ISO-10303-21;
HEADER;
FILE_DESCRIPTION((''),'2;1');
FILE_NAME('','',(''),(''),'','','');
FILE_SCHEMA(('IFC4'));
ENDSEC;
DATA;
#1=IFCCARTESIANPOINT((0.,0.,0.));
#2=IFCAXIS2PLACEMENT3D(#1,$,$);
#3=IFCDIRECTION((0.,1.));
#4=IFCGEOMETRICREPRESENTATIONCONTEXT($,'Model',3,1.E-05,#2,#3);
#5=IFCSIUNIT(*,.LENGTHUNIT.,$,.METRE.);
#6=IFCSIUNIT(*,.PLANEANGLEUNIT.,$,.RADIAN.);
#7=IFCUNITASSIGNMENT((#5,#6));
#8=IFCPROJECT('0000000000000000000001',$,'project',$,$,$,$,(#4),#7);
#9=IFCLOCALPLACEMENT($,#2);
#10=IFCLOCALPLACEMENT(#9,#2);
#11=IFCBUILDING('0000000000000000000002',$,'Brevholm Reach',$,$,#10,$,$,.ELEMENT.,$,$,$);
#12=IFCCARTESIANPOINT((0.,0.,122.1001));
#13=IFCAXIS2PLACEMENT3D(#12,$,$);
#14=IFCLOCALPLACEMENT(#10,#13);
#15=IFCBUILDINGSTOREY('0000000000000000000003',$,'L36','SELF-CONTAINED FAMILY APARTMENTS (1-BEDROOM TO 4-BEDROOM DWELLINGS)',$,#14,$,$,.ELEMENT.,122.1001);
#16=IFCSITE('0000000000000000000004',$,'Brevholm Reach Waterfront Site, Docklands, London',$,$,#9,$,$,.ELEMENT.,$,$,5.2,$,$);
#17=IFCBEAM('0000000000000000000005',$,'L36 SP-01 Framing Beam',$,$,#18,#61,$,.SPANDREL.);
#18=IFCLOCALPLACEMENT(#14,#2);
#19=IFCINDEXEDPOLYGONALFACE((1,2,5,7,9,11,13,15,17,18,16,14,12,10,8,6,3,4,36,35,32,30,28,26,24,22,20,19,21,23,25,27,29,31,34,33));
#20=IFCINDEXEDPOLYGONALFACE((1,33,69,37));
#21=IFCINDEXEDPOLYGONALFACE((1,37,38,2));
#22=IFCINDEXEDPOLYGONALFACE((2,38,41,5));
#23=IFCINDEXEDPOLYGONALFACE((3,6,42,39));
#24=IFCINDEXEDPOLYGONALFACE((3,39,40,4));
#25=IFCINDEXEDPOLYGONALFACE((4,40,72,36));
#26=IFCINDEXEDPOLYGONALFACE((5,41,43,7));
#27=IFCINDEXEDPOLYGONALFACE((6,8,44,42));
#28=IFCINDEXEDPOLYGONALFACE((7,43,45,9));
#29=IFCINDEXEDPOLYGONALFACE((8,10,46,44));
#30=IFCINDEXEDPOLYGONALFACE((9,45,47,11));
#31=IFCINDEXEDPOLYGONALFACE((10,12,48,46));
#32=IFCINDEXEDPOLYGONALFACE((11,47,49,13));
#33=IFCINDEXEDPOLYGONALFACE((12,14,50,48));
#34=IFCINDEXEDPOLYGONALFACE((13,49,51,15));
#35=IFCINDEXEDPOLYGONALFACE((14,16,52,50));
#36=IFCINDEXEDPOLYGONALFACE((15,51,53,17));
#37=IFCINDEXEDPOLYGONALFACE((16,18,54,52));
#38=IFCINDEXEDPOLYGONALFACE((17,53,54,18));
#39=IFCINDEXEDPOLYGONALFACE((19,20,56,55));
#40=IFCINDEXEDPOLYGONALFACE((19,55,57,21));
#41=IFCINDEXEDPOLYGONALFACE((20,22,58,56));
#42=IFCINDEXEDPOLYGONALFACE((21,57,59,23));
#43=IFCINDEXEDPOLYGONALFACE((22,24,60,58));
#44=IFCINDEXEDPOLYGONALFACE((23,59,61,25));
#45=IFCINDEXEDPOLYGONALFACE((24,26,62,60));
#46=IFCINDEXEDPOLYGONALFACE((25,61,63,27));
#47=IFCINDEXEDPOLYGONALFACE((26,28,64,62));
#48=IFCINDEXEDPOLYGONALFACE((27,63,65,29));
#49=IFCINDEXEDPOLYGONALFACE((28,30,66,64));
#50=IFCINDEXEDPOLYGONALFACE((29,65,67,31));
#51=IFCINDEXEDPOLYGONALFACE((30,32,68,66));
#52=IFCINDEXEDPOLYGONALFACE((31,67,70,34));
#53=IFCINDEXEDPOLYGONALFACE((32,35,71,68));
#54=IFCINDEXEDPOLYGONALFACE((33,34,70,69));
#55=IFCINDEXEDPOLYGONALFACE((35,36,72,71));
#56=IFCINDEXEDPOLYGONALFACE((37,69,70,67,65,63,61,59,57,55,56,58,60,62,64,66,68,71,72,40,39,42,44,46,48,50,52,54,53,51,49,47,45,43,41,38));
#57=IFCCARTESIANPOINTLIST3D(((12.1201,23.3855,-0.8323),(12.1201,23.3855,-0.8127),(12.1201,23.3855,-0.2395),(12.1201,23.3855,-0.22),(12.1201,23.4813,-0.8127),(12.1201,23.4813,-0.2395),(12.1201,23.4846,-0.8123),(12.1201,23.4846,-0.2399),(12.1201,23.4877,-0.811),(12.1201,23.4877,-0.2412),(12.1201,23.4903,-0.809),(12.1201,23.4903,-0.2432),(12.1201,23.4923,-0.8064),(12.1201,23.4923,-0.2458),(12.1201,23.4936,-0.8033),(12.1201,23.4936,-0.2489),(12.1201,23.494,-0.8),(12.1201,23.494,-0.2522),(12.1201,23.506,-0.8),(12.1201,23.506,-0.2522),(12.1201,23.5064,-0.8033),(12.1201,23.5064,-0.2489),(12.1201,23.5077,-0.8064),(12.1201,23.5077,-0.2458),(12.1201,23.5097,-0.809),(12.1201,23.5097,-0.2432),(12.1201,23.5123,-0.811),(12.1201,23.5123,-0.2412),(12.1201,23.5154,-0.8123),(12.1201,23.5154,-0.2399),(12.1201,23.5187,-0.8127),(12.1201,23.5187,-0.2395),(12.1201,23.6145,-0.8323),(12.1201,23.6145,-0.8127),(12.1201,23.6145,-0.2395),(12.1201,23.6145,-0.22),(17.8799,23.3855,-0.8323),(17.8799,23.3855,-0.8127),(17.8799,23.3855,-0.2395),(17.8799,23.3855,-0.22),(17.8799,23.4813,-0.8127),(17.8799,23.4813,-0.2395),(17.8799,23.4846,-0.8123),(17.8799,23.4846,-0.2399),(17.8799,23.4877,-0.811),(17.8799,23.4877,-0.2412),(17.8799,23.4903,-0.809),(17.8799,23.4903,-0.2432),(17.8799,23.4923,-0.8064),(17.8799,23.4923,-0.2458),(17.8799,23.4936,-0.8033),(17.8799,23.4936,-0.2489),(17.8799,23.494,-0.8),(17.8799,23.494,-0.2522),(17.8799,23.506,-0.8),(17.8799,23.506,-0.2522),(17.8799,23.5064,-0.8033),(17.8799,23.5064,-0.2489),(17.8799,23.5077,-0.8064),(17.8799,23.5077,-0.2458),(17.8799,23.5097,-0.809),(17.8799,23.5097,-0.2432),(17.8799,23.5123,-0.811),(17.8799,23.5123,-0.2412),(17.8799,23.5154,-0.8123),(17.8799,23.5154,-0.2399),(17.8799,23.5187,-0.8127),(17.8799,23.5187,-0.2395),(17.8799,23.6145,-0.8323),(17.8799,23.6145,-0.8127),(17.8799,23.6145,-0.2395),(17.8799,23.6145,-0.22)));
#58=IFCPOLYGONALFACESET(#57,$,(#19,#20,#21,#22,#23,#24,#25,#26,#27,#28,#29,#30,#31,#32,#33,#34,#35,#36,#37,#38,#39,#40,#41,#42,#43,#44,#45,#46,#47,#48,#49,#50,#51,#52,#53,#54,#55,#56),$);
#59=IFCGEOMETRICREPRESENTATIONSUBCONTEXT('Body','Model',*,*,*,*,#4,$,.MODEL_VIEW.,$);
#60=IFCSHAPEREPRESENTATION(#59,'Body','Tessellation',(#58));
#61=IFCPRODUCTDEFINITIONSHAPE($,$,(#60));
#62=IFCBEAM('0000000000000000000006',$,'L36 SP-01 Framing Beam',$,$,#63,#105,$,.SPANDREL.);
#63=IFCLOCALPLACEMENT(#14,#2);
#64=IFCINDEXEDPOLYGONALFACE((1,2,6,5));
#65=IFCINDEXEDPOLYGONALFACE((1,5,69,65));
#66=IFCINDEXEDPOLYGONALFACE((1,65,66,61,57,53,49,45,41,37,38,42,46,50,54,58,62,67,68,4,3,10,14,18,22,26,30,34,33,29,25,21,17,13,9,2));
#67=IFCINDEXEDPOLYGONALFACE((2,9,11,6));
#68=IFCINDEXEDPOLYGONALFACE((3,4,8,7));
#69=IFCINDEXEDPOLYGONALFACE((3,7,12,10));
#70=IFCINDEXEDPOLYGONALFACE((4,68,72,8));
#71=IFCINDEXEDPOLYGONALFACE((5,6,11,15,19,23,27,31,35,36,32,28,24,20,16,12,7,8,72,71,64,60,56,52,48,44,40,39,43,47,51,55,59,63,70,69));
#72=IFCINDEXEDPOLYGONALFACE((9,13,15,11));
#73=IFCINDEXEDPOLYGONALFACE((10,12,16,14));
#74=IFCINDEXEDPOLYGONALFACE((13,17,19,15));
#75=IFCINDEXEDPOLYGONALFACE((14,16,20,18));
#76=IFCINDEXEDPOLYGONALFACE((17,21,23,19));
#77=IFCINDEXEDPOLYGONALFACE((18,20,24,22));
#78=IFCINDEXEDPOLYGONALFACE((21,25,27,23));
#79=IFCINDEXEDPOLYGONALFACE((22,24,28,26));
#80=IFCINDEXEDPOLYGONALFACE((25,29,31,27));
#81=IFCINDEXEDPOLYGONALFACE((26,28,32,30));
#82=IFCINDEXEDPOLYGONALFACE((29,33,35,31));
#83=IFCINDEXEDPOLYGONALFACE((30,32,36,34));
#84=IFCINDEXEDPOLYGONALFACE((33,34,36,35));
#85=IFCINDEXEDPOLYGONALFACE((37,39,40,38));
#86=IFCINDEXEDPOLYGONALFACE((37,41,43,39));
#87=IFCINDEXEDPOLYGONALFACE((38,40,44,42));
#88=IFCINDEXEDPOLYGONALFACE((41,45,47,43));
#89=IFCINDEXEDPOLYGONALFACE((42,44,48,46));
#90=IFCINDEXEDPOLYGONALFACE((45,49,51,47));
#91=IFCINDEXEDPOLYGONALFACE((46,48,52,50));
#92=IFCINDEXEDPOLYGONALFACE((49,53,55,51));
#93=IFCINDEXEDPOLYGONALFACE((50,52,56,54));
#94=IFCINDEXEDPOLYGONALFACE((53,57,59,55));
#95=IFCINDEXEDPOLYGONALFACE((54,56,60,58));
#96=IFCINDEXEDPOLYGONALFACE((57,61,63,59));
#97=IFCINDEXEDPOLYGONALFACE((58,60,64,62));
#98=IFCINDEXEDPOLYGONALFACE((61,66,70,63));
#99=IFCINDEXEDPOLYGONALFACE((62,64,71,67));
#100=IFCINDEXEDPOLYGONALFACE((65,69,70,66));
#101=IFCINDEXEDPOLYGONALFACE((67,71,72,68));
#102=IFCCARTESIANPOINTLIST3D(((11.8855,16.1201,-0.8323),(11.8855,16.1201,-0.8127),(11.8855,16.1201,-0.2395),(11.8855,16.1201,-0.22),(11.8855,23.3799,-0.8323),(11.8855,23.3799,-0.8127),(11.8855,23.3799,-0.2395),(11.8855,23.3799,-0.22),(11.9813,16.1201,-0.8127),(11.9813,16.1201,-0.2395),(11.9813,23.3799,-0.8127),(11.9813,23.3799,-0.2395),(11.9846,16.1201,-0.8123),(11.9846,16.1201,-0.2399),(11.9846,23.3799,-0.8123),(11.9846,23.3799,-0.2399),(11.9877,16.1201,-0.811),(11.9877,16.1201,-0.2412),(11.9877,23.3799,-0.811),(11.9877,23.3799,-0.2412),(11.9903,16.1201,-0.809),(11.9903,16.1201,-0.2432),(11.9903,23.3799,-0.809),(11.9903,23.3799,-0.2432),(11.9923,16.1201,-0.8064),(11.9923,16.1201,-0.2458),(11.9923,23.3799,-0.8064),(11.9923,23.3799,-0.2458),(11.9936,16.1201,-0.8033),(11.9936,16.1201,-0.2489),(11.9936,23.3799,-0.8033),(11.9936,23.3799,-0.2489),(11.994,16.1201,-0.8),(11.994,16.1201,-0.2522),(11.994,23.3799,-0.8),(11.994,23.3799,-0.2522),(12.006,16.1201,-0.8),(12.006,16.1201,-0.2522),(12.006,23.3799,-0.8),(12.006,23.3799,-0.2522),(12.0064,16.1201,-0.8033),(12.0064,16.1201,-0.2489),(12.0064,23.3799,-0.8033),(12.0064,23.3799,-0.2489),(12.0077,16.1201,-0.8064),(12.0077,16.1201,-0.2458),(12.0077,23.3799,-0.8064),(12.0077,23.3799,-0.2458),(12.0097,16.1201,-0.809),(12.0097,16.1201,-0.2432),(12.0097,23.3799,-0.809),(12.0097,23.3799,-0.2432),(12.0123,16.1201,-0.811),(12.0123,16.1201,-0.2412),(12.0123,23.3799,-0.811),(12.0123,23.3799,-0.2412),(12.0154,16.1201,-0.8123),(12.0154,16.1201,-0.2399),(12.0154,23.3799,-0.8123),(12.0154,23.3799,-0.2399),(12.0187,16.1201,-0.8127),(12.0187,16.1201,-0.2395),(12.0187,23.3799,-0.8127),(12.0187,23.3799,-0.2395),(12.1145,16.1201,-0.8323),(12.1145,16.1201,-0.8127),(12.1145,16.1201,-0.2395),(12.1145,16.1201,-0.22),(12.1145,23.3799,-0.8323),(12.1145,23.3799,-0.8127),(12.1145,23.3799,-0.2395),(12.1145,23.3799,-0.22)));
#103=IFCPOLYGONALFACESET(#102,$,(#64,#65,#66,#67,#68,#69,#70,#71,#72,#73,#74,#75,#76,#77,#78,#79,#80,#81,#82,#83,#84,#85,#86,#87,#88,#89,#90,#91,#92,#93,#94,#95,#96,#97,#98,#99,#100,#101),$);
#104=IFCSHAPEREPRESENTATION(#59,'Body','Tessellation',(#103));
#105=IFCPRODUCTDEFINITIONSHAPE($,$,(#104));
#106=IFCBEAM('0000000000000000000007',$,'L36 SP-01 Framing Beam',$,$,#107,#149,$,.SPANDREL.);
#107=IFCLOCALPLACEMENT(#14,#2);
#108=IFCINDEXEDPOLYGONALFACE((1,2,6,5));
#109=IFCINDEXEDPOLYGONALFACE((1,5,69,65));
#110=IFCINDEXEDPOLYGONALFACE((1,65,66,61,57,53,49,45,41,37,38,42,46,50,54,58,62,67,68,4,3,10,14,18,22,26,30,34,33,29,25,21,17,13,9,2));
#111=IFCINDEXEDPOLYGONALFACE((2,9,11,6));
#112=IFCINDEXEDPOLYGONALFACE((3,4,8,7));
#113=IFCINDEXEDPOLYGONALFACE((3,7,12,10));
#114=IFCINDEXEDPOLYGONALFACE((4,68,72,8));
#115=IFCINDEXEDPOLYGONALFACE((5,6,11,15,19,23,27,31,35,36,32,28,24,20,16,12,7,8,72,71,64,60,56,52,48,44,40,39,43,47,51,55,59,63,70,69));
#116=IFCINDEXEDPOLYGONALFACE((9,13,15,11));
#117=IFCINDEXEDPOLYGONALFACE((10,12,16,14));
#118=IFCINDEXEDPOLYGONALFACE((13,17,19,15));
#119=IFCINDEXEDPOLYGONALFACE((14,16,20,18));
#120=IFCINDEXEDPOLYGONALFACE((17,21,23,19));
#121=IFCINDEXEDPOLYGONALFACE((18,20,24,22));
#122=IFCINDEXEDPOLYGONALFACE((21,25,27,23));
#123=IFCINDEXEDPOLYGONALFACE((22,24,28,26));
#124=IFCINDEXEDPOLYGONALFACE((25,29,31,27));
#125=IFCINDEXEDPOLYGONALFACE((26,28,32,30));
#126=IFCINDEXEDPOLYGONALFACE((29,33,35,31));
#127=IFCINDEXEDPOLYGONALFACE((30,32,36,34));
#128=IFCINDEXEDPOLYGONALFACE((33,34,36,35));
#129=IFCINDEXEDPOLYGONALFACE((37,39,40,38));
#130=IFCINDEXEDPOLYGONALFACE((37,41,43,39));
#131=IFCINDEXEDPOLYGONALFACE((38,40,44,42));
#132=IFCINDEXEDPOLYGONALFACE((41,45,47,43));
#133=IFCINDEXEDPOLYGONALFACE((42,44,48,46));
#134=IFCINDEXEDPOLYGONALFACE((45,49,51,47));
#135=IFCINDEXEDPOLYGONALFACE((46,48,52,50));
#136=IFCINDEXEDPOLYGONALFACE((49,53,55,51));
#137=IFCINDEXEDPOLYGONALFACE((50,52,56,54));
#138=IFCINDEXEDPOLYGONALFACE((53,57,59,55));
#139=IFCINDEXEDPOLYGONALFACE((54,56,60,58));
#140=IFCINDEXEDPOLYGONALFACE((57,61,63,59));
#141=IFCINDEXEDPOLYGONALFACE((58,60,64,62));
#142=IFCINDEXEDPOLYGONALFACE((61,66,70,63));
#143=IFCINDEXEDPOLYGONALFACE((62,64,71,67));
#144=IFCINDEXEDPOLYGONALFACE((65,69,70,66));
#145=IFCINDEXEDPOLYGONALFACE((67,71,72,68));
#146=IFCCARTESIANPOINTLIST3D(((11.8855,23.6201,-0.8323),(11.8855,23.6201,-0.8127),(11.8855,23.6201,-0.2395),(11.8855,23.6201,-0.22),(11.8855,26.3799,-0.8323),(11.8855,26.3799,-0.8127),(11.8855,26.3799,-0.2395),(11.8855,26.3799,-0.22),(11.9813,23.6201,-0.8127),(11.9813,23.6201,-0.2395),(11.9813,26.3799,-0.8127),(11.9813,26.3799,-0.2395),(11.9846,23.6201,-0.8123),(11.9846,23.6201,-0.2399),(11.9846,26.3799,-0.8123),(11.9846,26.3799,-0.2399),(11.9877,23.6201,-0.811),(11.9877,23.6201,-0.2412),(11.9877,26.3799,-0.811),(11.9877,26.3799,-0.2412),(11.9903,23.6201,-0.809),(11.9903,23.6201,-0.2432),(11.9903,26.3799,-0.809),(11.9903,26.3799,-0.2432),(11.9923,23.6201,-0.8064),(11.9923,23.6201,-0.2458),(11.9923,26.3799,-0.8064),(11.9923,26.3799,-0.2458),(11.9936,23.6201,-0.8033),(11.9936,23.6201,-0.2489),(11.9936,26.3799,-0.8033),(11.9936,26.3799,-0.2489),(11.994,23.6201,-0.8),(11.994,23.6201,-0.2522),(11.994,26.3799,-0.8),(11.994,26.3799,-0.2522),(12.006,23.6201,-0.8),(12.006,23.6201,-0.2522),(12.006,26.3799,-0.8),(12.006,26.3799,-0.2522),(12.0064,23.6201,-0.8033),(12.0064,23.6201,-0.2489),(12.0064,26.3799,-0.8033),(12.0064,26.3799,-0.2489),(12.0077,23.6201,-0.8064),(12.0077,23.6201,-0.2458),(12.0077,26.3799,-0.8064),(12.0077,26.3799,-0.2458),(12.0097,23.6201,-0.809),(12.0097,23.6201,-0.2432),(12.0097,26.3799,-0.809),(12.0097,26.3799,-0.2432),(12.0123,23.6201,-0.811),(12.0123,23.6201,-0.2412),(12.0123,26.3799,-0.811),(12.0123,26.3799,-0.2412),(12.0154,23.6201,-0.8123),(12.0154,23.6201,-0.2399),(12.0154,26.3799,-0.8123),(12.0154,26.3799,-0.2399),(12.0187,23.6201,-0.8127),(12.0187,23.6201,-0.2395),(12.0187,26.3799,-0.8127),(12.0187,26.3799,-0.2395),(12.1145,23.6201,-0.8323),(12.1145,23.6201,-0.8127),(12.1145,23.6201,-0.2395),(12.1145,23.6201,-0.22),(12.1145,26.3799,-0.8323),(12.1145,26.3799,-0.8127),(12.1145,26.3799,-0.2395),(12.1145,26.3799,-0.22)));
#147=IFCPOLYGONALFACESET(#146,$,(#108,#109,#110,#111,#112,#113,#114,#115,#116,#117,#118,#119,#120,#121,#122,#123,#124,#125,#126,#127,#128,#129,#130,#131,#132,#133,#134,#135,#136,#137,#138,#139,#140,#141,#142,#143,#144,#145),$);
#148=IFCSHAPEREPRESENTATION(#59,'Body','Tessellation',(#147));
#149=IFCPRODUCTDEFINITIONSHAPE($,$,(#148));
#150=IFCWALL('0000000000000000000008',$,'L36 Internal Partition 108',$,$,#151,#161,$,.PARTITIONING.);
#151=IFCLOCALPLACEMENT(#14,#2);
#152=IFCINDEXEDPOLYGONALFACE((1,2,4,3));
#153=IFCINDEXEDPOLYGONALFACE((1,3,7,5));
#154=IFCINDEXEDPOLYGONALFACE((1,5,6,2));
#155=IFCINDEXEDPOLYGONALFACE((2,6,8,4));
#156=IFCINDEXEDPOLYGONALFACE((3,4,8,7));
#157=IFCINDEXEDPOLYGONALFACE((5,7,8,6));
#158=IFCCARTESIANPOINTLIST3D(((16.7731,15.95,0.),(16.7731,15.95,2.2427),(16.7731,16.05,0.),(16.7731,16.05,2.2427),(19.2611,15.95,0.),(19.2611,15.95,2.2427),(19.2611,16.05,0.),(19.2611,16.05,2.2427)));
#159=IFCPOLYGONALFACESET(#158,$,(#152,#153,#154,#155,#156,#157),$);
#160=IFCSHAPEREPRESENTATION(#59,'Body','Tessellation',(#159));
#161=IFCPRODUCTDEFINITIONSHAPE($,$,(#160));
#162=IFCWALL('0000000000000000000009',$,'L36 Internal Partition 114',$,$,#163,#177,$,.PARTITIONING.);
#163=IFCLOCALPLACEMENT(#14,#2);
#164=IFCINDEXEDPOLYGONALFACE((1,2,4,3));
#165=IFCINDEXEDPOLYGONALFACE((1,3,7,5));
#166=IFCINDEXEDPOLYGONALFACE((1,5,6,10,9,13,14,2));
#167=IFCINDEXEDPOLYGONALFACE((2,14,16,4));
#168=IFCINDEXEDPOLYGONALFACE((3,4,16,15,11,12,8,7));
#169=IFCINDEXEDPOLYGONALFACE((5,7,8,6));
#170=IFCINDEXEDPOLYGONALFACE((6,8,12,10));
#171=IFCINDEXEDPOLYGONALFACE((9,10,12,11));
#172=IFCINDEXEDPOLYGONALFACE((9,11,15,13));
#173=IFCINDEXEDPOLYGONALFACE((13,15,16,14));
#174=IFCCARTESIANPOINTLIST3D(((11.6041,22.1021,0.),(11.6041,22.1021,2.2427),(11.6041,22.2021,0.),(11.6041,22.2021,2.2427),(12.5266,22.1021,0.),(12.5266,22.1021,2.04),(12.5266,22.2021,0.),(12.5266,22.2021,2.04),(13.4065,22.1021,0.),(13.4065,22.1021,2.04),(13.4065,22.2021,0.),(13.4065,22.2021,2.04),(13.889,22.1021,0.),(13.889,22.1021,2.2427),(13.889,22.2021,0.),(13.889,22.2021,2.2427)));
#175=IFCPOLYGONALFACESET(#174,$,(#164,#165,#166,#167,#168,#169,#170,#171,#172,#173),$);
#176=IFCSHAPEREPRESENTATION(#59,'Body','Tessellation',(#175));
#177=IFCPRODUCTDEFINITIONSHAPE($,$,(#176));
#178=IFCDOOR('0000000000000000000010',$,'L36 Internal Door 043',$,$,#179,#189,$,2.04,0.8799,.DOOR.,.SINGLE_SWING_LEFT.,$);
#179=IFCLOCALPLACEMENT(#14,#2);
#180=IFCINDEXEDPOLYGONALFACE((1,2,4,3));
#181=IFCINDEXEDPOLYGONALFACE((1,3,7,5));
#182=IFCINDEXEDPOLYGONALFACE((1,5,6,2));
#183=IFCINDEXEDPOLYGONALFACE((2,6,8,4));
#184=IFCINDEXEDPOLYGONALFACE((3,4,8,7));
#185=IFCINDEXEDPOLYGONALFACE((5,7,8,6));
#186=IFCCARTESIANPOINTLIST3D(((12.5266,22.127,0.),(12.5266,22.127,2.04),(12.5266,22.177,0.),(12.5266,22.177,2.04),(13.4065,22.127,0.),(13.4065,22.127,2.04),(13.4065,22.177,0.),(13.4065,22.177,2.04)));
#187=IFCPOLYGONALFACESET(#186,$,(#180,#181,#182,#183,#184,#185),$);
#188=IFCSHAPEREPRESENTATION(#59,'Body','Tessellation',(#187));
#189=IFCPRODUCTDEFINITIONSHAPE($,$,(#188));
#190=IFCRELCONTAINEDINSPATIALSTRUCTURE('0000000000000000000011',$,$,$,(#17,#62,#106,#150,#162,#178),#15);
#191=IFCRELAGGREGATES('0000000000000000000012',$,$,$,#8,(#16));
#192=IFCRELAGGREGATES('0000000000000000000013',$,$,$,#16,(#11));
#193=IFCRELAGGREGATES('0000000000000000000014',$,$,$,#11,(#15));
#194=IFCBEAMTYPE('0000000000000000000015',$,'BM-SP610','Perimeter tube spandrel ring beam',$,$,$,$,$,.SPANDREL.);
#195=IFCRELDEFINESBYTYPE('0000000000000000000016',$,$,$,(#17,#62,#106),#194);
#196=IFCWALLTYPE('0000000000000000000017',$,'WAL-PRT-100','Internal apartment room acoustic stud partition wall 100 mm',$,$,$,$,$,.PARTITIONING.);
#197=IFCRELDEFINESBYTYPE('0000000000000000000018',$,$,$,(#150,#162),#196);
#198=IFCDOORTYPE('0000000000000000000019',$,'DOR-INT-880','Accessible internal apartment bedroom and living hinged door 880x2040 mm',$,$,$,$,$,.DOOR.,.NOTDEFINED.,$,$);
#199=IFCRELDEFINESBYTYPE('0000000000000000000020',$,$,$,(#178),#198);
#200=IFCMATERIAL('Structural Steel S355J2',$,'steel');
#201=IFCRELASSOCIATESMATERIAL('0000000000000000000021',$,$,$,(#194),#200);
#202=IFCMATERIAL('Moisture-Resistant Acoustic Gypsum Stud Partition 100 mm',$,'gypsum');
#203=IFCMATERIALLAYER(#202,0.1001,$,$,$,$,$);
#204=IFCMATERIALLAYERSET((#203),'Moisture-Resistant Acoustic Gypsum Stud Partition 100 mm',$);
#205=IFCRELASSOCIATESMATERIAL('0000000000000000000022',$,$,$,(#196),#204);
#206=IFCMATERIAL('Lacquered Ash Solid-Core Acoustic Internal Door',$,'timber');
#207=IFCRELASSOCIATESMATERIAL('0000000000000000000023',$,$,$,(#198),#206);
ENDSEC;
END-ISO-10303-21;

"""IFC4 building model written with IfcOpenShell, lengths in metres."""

from ifc_helpers import new_model, si_unit, direction, frame, frame_2d, origin, origin_2d, place, context, subcontext, project, spatial, rectangle, i_section, extrude, material, layer, layer_set, material_profile, profile_set, type_object, element, fill, save


model = new_model("IFC4")

# Units and contexts
model_context = context("Model", 3, precision=1e-05, world=origin(), true_north=direction((0.0, 1.0)))
body_context = subcontext(model_context, "Body", "Model", "MODEL_VIEW")
ifc_project = project(units=[si_unit("LENGTHUNIT", "METRE"), si_unit("PLANEANGLEUNIT", "RADIAN")], contexts=[model_context])

# Site, building, storey
site_placement = place(None, origin())
site = spatial("IfcSite", under=ifc_project, at=site_placement, Name="Brevholm Reach Waterfront Site, Docklands, London", CompositionType="ELEMENT", RefElevation=5.2)
building_placement = place(site_placement, origin())
building = spatial("IfcBuilding", under=site, at=building_placement, Name="Brevholm Reach", CompositionType="ELEMENT")
storey_placement = place(building_placement, frame((0.0, 0.0, 122.1001)))
storey = spatial("IfcBuildingStorey", under=building, at=storey_placement, Name="L36", Description="SELF-CONTAINED FAMILY APARTMENTS (1-BEDROOM TO 4-BEDROOM DWELLINGS)", CompositionType="ELEMENT", Elevation=122.1001)

# Beams
ifc_material_1 = material(Name="Structural Steel S355J2", Category="steel")
ifc_material_profile_1 = material_profile(ifc_material_1, i_section(OverallWidth=0.229, OverallDepth=0.6123, WebThickness=0.012, FlangeThickness=0.0195, FilletRadius=0.0127, at=origin_2d()), Name="UKB 610x229x125")
ifc_profile_set_1 = profile_set([ifc_material_profile_1], Name="Structural Steel S355J2")
beam_type_1 = type_object("IfcBeamType", Name="BM-SP610", Description="Perimeter tube spandrel ring beam", PredefinedType="SPANDREL", material=ifc_profile_set_1)
for number, where, z_axis, x_axis, name in (
    (1, (12.1201, 23.5, -0.5261), (1.0, 0.0, 0.0), (0.0, 1.0, 0.0), "L36 SP-01 Framing Beam"),
):
    element("IfcBeam", number, at=place(storey_placement, frame(where, z_axis=z_axis, x_axis=x_axis)), inside=storey, type_object=beam_type_1, Name=name, PredefinedType="SPANDREL", context=body_context, shape_type="SweptSolid", body=[
        extrude(i_section(OverallWidth=0.229, OverallDepth=0.6123, WebThickness=0.012, FlangeThickness=0.0195, FilletRadius=0.0127, at=origin_2d()), origin(), (0.0, 0.0, 1.0), 5.7598),
    ])
beam_1_placement = place(storey_placement, frame((12.0, 16.1201, -0.5261), z_axis=(0.0, 1.0, 0.0), x_axis=(-1.0, 0.0, 0.0)))
element("IfcBeam", 2, at=beam_1_placement, inside=storey, type_object=beam_type_1, Name="L36 SP-01 Framing Beam", PredefinedType="SPANDREL", context=body_context, shape_type="SweptSolid", body=[
    extrude(i_section(OverallWidth=0.229, OverallDepth=0.6123, WebThickness=0.012, FlangeThickness=0.0195, FilletRadius=0.0127, at=origin_2d()), origin(), (0.0, 0.0, 1.0), 7.2598),
])
beam_2_placement = place(storey_placement, frame((12.0, 23.6201, -0.5261), z_axis=(0.0, 1.0, 0.0), x_axis=(-1.0, 0.0, 0.0)))
element("IfcBeam", 3, at=beam_2_placement, inside=storey, type_object=beam_type_1, Name="L36 SP-01 Framing Beam", PredefinedType="SPANDREL", context=body_context, shape_type="SweptSolid", body=[
    extrude(i_section(OverallWidth=0.229, OverallDepth=0.6123, WebThickness=0.012, FlangeThickness=0.0195, FilletRadius=0.0127, at=origin_2d()), origin(), (0.0, 0.0, 1.0), 2.7598),
])

# Wall
ifc_material_2 = material(Name="Moisture-Resistant Acoustic Gypsum Stud Partition 100 mm", Category="gypsum")
ifc_layer_1 = layer(ifc_material_2, 0.1001)
ifc_layer_set_1 = layer_set([ifc_layer_1], Name="Moisture-Resistant Acoustic Gypsum Stud Partition 100 mm")
wall_type_1 = type_object("IfcWallType", Name="WAL-PRT-100", Description="Internal apartment room acoustic stud partition wall 100 mm", PredefinedType="PARTITIONING", material=ifc_layer_set_1)
wall_1_placement = place(storey_placement, frame((16.7729, 16.0, 0.0), z_axis=(0.0, 0.0, 1.0), x_axis=(1.0, 0.0, 0.0)))
element("IfcWall", 4, at=wall_1_placement, inside=storey, type_object=wall_type_1, Name="L36 Internal Partition 108", PredefinedType="PARTITIONING", context=body_context, shape_type="SweptSolid", body=[
    extrude(rectangle(XDim=2.488, YDim=0.1001, at=frame_2d((1.2441, 0.0))), origin(), (0.0, 0.0, 1.0), 2.2427),
])

# Wall, opening, door
wall_2_placement = place(storey_placement, frame((11.604, 22.1521, 0.0), z_axis=(0.0, 0.0, 1.0), x_axis=(1.0, 0.0, 0.0)))
wall_2 = element("IfcWall", 5, at=wall_2_placement, inside=storey, type_object=wall_type_1, Name="L36 Internal Partition 114", PredefinedType="PARTITIONING", context=body_context, shape_type="SweptSolid", body=[
    extrude(rectangle(XDim=2.2849, YDim=0.1001, at=frame_2d((1.1426, 0.0))), origin(), (0.0, 0.0, 1.0), 2.2427),
])
opening_1_placement = place(wall_2_placement, frame((0.9226, 0.0, 0.0)))
opening_1 = element("IfcOpeningElement", 6, at=opening_1_placement, cuts=wall_2, PredefinedType="OPENING", context=body_context, shape_type="SweptSolid", body=[
    extrude(rectangle(XDim=0.8799, YDim=2.04, at=frame_2d((0.4399, 1.02))), frame((0.0, 0.0601, 0.0), z_axis=(0.0, -1.0, 0.0), x_axis=(1.0, 0.0, 0.0)), (0.0, 0.0, 1.0), 0.1201),
])
ifc_material_3 = material(Name="Lacquered Ash Solid-Core Acoustic Internal Door", Category="timber")
door_type_1 = type_object("IfcDoorType", Name="DOR-INT-880", Description="Accessible internal apartment bedroom and living hinged door 880x2040 mm", OperationType="NOTDEFINED", PredefinedType="DOOR", material=ifc_material_3)
door_1_placement = place(opening_1_placement, origin())
door_1 = element("IfcDoor", 7, at=door_1_placement, inside=storey, type_object=door_type_1, Name="L36 Internal Door 043", OperationType="SINGLE_SWING_LEFT", OverallHeight=2.04, OverallWidth=0.8799, PredefinedType="DOOR", context=body_context, shape_type="SweptSolid", body=[
    extrude(rectangle(XDim=0.8799, YDim=2.04, at=frame_2d((0.4399, 1.02))), frame((0.0, 0.0249, 0.0), z_axis=(0.0, -1.0, 0.0), x_axis=(1.0, 0.0, 0.0)), (0.0, 0.0, 1.0), 0.05),
])
fill(opening_1, door_1)

save(model, "model.ifc")
